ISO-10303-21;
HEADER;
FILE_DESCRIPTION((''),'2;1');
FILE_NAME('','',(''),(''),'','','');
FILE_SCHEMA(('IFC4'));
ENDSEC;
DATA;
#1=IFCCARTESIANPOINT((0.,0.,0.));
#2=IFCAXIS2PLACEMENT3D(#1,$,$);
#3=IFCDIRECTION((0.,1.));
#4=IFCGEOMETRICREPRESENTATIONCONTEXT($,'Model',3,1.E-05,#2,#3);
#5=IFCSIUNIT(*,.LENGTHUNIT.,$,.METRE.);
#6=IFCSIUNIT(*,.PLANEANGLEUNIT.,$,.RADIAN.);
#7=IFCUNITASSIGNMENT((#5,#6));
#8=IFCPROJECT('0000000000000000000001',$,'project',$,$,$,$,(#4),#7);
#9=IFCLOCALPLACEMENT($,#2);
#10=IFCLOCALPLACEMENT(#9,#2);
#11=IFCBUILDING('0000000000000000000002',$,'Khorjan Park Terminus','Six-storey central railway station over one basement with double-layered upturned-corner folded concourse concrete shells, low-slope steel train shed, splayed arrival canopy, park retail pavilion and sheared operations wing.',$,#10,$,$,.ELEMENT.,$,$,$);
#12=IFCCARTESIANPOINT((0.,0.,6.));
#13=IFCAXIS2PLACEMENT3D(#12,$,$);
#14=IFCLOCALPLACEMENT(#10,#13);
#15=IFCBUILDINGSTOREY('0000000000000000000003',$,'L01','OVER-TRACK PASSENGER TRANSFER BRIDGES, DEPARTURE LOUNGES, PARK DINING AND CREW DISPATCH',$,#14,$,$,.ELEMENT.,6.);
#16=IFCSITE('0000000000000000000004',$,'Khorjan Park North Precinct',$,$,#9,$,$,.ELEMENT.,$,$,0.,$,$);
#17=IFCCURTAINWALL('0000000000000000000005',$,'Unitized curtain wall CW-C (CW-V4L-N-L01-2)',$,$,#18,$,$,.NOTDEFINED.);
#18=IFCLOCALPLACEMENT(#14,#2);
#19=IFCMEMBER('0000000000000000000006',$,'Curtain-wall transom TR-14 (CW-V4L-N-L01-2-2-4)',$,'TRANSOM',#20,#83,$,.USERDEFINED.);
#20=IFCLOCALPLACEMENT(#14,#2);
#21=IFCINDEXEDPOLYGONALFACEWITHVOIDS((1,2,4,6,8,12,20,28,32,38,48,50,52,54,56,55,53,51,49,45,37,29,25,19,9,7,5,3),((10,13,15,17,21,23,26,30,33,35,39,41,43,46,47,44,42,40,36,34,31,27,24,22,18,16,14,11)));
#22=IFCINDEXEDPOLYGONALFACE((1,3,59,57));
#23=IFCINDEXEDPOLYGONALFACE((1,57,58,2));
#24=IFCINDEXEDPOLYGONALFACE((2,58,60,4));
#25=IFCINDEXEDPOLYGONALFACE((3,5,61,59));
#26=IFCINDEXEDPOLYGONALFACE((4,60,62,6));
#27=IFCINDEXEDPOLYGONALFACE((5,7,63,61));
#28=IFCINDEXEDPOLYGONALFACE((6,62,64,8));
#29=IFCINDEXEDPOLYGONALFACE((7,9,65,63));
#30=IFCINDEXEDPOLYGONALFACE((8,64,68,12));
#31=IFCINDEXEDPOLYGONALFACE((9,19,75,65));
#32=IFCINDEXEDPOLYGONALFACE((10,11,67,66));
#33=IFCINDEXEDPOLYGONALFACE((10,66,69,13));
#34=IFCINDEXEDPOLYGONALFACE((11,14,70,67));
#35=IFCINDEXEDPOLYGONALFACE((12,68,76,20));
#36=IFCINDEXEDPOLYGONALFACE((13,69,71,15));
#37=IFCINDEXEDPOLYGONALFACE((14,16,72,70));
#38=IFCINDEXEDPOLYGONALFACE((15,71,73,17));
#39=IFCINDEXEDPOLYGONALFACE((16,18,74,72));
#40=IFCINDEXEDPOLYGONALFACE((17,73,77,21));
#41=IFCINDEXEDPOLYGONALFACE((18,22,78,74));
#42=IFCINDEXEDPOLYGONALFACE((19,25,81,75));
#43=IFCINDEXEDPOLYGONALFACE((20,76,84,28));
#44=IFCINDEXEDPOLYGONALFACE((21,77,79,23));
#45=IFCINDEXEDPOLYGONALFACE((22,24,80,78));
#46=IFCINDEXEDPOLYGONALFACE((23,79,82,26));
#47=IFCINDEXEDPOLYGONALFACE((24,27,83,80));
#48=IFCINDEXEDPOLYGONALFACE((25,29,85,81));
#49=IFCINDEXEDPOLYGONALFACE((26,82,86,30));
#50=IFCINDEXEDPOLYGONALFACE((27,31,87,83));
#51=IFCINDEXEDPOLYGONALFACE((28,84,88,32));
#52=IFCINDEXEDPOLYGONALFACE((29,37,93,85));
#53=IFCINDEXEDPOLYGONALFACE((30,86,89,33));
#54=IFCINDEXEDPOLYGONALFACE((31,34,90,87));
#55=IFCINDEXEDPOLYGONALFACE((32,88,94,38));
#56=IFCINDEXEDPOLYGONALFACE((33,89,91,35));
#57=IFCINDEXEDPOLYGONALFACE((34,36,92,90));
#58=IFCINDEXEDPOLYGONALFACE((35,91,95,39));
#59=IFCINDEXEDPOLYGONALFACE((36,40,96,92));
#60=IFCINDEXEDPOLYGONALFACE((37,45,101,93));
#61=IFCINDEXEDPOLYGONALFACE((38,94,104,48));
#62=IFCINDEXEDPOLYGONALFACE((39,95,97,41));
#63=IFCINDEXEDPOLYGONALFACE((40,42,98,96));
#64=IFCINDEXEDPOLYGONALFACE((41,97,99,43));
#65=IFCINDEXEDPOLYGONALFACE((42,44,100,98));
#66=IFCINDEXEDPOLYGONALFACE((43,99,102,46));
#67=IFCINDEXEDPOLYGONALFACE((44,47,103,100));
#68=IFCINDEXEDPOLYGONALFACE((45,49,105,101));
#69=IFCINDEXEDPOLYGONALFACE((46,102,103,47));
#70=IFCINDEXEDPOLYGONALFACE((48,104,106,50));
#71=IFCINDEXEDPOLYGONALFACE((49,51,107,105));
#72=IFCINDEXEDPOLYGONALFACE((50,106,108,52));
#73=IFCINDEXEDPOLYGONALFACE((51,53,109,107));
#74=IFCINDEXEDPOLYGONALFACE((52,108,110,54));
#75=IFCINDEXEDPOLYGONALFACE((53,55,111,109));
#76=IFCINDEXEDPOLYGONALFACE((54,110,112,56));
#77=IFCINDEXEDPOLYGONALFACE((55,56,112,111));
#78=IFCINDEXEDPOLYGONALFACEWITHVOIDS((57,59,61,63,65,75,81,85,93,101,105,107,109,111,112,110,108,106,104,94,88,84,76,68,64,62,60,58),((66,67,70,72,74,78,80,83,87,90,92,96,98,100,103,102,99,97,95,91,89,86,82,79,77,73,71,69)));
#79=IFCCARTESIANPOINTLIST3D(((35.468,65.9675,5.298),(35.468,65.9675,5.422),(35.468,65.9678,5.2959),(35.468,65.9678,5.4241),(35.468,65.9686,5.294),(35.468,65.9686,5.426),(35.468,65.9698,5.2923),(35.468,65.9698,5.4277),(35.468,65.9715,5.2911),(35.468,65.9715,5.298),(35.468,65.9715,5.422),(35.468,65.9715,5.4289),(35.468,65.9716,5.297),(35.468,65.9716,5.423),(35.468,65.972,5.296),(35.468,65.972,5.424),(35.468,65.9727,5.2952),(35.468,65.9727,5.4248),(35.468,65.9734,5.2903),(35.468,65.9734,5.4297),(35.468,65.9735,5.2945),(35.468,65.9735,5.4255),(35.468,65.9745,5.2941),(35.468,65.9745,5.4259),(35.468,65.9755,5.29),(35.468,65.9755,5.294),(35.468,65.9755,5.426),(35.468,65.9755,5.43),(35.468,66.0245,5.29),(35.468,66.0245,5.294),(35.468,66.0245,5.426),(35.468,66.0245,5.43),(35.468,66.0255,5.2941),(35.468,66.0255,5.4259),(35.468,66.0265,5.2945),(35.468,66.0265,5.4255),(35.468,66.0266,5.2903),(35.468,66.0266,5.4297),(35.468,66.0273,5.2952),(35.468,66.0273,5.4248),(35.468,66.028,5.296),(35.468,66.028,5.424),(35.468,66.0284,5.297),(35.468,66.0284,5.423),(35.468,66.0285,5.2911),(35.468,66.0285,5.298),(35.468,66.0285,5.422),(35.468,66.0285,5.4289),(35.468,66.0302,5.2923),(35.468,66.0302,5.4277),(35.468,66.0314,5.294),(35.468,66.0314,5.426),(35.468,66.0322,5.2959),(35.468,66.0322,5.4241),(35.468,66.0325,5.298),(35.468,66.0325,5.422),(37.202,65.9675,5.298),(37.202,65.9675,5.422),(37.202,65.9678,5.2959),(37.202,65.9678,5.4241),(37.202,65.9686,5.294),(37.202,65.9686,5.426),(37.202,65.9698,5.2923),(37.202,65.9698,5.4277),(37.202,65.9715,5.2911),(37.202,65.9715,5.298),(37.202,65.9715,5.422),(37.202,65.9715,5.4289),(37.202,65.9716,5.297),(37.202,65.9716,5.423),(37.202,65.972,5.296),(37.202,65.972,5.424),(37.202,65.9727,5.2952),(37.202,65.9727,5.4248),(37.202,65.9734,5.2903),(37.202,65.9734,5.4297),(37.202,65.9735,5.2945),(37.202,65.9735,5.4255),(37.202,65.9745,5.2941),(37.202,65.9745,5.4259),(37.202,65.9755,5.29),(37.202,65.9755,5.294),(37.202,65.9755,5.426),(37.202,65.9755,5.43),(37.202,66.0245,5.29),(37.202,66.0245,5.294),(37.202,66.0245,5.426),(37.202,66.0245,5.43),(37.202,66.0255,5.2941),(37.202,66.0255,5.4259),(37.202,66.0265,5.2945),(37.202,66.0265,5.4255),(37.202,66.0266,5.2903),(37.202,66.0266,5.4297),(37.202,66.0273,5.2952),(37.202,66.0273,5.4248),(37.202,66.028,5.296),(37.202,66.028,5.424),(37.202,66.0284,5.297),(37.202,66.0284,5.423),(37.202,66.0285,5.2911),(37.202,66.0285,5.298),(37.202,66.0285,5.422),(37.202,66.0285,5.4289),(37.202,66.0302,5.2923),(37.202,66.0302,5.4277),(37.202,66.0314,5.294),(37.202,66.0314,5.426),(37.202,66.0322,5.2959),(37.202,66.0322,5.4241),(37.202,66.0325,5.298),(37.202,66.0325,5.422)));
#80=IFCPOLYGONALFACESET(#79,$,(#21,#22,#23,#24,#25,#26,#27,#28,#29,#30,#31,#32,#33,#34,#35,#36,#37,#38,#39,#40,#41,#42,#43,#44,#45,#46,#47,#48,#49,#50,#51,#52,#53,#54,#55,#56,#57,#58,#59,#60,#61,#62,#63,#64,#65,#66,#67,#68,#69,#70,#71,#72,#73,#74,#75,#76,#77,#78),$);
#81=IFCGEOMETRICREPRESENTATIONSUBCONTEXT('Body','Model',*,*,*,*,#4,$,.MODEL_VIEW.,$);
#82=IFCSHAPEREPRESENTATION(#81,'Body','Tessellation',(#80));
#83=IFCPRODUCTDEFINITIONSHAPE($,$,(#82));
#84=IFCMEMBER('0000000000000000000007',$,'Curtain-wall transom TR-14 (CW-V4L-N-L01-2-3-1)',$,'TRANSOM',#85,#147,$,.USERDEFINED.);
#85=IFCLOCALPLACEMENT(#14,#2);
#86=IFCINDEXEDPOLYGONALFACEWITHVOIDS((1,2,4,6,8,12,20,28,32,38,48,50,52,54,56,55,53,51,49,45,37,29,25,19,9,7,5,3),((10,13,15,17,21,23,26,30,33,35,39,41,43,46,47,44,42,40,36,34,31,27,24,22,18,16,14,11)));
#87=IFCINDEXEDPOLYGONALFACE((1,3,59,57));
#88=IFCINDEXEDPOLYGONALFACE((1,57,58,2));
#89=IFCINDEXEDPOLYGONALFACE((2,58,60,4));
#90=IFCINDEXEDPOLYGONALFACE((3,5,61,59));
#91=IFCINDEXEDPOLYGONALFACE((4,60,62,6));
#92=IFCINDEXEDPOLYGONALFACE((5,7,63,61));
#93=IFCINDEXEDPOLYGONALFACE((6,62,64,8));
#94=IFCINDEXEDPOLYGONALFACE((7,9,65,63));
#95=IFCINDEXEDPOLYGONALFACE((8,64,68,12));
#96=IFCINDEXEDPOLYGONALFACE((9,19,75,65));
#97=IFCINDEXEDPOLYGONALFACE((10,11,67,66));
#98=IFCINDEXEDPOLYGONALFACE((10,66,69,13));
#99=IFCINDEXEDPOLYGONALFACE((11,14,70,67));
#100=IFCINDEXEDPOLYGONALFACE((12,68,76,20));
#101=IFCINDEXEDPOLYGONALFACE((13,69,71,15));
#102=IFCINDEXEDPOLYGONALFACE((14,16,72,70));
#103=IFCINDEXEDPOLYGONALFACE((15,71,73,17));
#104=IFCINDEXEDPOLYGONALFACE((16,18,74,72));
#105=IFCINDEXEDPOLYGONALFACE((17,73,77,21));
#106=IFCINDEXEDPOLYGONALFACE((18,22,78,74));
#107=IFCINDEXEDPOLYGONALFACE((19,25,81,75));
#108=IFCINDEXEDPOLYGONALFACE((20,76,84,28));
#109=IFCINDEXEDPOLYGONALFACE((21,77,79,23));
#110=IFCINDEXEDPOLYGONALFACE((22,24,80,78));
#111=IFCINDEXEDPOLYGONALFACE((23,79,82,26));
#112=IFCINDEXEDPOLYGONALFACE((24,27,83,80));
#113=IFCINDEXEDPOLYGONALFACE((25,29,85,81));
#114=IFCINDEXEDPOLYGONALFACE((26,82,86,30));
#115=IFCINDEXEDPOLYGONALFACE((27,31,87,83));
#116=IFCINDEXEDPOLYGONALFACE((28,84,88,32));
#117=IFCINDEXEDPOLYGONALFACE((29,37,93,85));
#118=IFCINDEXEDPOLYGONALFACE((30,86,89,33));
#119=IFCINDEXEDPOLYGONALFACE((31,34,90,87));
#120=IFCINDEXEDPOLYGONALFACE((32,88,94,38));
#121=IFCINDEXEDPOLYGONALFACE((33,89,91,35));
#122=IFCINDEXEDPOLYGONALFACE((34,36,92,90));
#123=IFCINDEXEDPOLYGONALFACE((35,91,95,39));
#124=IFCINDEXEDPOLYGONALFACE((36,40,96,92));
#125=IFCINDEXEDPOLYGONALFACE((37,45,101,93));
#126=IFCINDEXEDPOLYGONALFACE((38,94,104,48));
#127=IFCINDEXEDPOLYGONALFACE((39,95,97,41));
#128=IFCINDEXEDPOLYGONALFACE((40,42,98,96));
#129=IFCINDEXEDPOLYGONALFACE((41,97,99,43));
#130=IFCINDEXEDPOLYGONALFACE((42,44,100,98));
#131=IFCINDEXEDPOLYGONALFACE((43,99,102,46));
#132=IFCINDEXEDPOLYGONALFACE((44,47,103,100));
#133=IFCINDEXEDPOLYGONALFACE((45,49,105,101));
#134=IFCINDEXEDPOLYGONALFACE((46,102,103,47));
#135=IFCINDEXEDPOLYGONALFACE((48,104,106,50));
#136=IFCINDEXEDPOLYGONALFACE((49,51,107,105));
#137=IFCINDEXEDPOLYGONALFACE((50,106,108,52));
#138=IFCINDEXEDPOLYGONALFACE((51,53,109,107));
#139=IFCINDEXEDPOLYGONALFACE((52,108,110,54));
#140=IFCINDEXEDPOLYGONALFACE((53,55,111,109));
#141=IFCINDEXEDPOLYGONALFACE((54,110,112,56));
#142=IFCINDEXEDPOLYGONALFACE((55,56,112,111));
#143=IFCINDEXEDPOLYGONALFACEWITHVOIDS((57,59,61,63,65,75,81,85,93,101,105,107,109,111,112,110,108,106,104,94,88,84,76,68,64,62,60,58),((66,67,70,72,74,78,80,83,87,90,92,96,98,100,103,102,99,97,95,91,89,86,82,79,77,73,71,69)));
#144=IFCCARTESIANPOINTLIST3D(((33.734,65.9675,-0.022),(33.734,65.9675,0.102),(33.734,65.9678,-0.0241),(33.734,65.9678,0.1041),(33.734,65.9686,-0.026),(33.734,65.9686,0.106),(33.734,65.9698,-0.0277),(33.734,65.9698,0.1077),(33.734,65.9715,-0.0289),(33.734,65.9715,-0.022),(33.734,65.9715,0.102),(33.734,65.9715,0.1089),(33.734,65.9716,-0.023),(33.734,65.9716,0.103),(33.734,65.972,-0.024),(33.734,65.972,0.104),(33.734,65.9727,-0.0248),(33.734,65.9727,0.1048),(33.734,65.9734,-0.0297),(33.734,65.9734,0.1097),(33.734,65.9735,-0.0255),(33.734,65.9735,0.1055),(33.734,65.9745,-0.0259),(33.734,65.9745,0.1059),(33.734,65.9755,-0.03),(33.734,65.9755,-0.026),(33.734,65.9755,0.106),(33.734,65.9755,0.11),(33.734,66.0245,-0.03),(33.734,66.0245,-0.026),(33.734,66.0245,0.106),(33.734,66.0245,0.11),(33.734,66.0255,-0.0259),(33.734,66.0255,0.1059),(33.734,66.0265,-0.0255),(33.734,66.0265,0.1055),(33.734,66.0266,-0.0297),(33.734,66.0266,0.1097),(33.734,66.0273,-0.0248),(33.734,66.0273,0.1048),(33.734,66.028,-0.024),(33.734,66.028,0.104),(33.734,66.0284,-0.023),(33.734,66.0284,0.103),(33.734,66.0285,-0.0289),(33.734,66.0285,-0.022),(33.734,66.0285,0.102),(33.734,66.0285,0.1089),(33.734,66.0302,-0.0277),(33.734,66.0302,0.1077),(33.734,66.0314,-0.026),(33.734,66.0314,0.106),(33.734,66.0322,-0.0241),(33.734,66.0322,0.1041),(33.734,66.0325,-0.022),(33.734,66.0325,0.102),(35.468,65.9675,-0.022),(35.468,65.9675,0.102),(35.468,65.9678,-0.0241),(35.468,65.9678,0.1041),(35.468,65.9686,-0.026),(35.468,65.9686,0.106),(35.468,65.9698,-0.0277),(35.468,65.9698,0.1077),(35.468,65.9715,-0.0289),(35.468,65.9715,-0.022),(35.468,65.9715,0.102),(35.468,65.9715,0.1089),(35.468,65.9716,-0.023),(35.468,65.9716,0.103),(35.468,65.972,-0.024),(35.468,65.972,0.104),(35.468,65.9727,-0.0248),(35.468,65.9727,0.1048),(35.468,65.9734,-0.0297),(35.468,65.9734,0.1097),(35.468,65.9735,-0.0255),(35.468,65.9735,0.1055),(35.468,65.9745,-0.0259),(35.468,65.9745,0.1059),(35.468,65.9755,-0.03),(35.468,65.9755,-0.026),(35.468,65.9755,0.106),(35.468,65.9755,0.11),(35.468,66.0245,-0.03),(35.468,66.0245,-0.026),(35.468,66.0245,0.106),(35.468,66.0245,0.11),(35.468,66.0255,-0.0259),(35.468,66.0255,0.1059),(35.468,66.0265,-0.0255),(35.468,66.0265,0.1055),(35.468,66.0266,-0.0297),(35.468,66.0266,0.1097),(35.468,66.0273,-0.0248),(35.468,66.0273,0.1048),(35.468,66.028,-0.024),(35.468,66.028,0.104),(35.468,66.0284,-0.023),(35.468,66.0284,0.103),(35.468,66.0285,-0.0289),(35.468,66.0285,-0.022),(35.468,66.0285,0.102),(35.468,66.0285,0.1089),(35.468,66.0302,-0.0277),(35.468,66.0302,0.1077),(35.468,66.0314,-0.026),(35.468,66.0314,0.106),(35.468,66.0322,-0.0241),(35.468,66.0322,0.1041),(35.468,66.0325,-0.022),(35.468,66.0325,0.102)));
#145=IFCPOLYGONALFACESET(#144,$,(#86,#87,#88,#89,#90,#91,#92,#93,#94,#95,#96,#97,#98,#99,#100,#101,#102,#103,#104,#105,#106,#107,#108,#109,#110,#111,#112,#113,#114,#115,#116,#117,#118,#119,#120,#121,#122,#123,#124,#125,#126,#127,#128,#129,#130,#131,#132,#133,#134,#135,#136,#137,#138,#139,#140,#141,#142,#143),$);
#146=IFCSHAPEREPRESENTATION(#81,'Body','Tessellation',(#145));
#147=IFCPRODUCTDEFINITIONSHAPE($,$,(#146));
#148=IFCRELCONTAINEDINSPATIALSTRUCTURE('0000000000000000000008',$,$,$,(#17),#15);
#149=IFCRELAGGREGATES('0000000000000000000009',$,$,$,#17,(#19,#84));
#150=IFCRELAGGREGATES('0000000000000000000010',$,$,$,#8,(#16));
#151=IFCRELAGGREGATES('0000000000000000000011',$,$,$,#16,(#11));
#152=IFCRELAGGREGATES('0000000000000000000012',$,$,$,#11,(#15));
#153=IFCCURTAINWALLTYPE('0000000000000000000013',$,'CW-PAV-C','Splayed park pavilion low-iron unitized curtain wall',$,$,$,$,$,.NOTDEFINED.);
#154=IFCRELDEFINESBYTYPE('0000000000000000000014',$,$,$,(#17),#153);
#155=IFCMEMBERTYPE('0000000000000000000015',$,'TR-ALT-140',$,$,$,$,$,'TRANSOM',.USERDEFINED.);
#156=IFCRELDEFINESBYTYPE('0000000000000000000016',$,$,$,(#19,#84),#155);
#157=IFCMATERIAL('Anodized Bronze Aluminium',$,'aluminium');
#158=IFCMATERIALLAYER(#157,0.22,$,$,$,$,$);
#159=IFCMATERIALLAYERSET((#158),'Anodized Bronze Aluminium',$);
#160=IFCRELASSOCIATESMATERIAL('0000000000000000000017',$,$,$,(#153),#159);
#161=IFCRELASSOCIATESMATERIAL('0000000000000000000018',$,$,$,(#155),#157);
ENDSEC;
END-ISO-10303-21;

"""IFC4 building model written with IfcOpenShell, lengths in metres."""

from ifc_helpers import new_model, si_unit, direction, frame, origin, origin_2d, place, context, subcontext, project, spatial, hollow_rectangle, extrude, material, layer, layer_set, material_profile, profile_set, type_object, element, aggregate, save


model = new_model("IFC4")

# Units and contexts
model_context = context("Model", 3, precision=1e-05, world=origin(), true_north=direction((0.0, 1.0)))
body_context = subcontext(model_context, "Body", "Model", "MODEL_VIEW")
ifc_project = project(units=[si_unit("LENGTHUNIT", "METRE"), si_unit("PLANEANGLEUNIT", "RADIAN")], contexts=[model_context])

# Site, building, storey
site_placement = place(None, origin())
site = spatial("IfcSite", under=ifc_project, at=site_placement, Name="Khorjan Park North Precinct", CompositionType="ELEMENT", RefElevation=0.0)
building_placement = place(site_placement, origin())
building = spatial("IfcBuilding", under=site, at=building_placement, Name="Khorjan Park Terminus", Description="Six-storey central railway station over one basement with double-layered upturned-corner folded concourse concrete shells, low-slope steel train shed, splayed arrival canopy, park retail pavilion and sheared operations wing.", CompositionType="ELEMENT")
storey_placement = place(building_placement, frame((0.0, 0.0, 6.0)))
storey = spatial("IfcBuildingStorey", under=building, at=storey_placement, Name="L01", Description="OVER-TRACK PASSENGER TRANSFER BRIDGES, DEPARTURE LOUNGES, PARK DINING AND CREW DISPATCH", CompositionType="ELEMENT", Elevation=6.0)

# Curtain wall, members
ifc_material_1 = material(Name="Anodized Bronze Aluminium", Category="aluminium")
ifc_layer_1 = layer(ifc_material_1, 0.22)
ifc_layer_set_1 = layer_set([ifc_layer_1], Name="Anodized Bronze Aluminium")
curtain_wall_type = type_object("IfcCurtainWallType", Name="CW-PAV-C", Description="Splayed park pavilion low-iron unitized curtain wall", PredefinedType="NOTDEFINED", material=ifc_layer_set_1)
curtain_wall_1_placement = place(storey_placement, origin())
curtain_wall_1 = element("IfcCurtainWall", 1, at=curtain_wall_1_placement, inside=storey, type_object=curtain_wall_type, Name="Unitized curtain wall CW-C (CW-V4L-N-L01-2)", PredefinedType="NOTDEFINED")
ifc_material_profile_1 = material_profile(ifc_material_1, hollow_rectangle(XDim=0.065, YDim=0.14, WallThickness=0.004, InnerFilletRadius=0.004, OuterFilletRadius=0.008, at=origin_2d()), Name="ALT 65x140x4")
ifc_profile_set_1 = profile_set([ifc_material_profile_1], Name="Anodized Bronze Aluminium")
member_type_1 = type_object("IfcMemberType", Name="TR-ALT-140", ElementType="TRANSOM", PredefinedType="USERDEFINED", material=ifc_profile_set_1)
member_1_placement = place(storey_placement, frame((37.202, 66.0, 5.36), z_axis=(-1.0, 0.0, 0.0), x_axis=(0.0, -1.0, 0.0)))
member_1 = element("IfcMember", 2, at=member_1_placement, type_object=member_type_1, Name="Curtain-wall transom TR-14 (CW-V4L-N-L01-2-2-4)", ObjectType="TRANSOM", PredefinedType="USERDEFINED", context=body_context, shape_type="SweptSolid", body=[
    extrude(hollow_rectangle(XDim=0.065, YDim=0.14, WallThickness=0.004, InnerFilletRadius=0.004, OuterFilletRadius=0.008, at=origin_2d()), origin(), (0.0, 0.0, 1.0), 1.734),
])
member_2_placement = place(storey_placement, frame((35.468, 66.0, 0.04), z_axis=(-1.0, 0.0, 0.0), x_axis=(0.0, -1.0, 0.0)))
member_2 = element("IfcMember", 3, at=member_2_placement, type_object=member_type_1, Name="Curtain-wall transom TR-14 (CW-V4L-N-L01-2-3-1)", ObjectType="TRANSOM", PredefinedType="USERDEFINED", context=body_context, shape_type="SweptSolid", body=[
    extrude(hollow_rectangle(XDim=0.065, YDim=0.14, WallThickness=0.004, InnerFilletRadius=0.004, OuterFilletRadius=0.008, at=origin_2d()), origin(), (0.0, 0.0, 1.0), 1.734),
])

aggregate(curtain_wall_1, [member_1, member_2])

save(model, "model.ifc")
